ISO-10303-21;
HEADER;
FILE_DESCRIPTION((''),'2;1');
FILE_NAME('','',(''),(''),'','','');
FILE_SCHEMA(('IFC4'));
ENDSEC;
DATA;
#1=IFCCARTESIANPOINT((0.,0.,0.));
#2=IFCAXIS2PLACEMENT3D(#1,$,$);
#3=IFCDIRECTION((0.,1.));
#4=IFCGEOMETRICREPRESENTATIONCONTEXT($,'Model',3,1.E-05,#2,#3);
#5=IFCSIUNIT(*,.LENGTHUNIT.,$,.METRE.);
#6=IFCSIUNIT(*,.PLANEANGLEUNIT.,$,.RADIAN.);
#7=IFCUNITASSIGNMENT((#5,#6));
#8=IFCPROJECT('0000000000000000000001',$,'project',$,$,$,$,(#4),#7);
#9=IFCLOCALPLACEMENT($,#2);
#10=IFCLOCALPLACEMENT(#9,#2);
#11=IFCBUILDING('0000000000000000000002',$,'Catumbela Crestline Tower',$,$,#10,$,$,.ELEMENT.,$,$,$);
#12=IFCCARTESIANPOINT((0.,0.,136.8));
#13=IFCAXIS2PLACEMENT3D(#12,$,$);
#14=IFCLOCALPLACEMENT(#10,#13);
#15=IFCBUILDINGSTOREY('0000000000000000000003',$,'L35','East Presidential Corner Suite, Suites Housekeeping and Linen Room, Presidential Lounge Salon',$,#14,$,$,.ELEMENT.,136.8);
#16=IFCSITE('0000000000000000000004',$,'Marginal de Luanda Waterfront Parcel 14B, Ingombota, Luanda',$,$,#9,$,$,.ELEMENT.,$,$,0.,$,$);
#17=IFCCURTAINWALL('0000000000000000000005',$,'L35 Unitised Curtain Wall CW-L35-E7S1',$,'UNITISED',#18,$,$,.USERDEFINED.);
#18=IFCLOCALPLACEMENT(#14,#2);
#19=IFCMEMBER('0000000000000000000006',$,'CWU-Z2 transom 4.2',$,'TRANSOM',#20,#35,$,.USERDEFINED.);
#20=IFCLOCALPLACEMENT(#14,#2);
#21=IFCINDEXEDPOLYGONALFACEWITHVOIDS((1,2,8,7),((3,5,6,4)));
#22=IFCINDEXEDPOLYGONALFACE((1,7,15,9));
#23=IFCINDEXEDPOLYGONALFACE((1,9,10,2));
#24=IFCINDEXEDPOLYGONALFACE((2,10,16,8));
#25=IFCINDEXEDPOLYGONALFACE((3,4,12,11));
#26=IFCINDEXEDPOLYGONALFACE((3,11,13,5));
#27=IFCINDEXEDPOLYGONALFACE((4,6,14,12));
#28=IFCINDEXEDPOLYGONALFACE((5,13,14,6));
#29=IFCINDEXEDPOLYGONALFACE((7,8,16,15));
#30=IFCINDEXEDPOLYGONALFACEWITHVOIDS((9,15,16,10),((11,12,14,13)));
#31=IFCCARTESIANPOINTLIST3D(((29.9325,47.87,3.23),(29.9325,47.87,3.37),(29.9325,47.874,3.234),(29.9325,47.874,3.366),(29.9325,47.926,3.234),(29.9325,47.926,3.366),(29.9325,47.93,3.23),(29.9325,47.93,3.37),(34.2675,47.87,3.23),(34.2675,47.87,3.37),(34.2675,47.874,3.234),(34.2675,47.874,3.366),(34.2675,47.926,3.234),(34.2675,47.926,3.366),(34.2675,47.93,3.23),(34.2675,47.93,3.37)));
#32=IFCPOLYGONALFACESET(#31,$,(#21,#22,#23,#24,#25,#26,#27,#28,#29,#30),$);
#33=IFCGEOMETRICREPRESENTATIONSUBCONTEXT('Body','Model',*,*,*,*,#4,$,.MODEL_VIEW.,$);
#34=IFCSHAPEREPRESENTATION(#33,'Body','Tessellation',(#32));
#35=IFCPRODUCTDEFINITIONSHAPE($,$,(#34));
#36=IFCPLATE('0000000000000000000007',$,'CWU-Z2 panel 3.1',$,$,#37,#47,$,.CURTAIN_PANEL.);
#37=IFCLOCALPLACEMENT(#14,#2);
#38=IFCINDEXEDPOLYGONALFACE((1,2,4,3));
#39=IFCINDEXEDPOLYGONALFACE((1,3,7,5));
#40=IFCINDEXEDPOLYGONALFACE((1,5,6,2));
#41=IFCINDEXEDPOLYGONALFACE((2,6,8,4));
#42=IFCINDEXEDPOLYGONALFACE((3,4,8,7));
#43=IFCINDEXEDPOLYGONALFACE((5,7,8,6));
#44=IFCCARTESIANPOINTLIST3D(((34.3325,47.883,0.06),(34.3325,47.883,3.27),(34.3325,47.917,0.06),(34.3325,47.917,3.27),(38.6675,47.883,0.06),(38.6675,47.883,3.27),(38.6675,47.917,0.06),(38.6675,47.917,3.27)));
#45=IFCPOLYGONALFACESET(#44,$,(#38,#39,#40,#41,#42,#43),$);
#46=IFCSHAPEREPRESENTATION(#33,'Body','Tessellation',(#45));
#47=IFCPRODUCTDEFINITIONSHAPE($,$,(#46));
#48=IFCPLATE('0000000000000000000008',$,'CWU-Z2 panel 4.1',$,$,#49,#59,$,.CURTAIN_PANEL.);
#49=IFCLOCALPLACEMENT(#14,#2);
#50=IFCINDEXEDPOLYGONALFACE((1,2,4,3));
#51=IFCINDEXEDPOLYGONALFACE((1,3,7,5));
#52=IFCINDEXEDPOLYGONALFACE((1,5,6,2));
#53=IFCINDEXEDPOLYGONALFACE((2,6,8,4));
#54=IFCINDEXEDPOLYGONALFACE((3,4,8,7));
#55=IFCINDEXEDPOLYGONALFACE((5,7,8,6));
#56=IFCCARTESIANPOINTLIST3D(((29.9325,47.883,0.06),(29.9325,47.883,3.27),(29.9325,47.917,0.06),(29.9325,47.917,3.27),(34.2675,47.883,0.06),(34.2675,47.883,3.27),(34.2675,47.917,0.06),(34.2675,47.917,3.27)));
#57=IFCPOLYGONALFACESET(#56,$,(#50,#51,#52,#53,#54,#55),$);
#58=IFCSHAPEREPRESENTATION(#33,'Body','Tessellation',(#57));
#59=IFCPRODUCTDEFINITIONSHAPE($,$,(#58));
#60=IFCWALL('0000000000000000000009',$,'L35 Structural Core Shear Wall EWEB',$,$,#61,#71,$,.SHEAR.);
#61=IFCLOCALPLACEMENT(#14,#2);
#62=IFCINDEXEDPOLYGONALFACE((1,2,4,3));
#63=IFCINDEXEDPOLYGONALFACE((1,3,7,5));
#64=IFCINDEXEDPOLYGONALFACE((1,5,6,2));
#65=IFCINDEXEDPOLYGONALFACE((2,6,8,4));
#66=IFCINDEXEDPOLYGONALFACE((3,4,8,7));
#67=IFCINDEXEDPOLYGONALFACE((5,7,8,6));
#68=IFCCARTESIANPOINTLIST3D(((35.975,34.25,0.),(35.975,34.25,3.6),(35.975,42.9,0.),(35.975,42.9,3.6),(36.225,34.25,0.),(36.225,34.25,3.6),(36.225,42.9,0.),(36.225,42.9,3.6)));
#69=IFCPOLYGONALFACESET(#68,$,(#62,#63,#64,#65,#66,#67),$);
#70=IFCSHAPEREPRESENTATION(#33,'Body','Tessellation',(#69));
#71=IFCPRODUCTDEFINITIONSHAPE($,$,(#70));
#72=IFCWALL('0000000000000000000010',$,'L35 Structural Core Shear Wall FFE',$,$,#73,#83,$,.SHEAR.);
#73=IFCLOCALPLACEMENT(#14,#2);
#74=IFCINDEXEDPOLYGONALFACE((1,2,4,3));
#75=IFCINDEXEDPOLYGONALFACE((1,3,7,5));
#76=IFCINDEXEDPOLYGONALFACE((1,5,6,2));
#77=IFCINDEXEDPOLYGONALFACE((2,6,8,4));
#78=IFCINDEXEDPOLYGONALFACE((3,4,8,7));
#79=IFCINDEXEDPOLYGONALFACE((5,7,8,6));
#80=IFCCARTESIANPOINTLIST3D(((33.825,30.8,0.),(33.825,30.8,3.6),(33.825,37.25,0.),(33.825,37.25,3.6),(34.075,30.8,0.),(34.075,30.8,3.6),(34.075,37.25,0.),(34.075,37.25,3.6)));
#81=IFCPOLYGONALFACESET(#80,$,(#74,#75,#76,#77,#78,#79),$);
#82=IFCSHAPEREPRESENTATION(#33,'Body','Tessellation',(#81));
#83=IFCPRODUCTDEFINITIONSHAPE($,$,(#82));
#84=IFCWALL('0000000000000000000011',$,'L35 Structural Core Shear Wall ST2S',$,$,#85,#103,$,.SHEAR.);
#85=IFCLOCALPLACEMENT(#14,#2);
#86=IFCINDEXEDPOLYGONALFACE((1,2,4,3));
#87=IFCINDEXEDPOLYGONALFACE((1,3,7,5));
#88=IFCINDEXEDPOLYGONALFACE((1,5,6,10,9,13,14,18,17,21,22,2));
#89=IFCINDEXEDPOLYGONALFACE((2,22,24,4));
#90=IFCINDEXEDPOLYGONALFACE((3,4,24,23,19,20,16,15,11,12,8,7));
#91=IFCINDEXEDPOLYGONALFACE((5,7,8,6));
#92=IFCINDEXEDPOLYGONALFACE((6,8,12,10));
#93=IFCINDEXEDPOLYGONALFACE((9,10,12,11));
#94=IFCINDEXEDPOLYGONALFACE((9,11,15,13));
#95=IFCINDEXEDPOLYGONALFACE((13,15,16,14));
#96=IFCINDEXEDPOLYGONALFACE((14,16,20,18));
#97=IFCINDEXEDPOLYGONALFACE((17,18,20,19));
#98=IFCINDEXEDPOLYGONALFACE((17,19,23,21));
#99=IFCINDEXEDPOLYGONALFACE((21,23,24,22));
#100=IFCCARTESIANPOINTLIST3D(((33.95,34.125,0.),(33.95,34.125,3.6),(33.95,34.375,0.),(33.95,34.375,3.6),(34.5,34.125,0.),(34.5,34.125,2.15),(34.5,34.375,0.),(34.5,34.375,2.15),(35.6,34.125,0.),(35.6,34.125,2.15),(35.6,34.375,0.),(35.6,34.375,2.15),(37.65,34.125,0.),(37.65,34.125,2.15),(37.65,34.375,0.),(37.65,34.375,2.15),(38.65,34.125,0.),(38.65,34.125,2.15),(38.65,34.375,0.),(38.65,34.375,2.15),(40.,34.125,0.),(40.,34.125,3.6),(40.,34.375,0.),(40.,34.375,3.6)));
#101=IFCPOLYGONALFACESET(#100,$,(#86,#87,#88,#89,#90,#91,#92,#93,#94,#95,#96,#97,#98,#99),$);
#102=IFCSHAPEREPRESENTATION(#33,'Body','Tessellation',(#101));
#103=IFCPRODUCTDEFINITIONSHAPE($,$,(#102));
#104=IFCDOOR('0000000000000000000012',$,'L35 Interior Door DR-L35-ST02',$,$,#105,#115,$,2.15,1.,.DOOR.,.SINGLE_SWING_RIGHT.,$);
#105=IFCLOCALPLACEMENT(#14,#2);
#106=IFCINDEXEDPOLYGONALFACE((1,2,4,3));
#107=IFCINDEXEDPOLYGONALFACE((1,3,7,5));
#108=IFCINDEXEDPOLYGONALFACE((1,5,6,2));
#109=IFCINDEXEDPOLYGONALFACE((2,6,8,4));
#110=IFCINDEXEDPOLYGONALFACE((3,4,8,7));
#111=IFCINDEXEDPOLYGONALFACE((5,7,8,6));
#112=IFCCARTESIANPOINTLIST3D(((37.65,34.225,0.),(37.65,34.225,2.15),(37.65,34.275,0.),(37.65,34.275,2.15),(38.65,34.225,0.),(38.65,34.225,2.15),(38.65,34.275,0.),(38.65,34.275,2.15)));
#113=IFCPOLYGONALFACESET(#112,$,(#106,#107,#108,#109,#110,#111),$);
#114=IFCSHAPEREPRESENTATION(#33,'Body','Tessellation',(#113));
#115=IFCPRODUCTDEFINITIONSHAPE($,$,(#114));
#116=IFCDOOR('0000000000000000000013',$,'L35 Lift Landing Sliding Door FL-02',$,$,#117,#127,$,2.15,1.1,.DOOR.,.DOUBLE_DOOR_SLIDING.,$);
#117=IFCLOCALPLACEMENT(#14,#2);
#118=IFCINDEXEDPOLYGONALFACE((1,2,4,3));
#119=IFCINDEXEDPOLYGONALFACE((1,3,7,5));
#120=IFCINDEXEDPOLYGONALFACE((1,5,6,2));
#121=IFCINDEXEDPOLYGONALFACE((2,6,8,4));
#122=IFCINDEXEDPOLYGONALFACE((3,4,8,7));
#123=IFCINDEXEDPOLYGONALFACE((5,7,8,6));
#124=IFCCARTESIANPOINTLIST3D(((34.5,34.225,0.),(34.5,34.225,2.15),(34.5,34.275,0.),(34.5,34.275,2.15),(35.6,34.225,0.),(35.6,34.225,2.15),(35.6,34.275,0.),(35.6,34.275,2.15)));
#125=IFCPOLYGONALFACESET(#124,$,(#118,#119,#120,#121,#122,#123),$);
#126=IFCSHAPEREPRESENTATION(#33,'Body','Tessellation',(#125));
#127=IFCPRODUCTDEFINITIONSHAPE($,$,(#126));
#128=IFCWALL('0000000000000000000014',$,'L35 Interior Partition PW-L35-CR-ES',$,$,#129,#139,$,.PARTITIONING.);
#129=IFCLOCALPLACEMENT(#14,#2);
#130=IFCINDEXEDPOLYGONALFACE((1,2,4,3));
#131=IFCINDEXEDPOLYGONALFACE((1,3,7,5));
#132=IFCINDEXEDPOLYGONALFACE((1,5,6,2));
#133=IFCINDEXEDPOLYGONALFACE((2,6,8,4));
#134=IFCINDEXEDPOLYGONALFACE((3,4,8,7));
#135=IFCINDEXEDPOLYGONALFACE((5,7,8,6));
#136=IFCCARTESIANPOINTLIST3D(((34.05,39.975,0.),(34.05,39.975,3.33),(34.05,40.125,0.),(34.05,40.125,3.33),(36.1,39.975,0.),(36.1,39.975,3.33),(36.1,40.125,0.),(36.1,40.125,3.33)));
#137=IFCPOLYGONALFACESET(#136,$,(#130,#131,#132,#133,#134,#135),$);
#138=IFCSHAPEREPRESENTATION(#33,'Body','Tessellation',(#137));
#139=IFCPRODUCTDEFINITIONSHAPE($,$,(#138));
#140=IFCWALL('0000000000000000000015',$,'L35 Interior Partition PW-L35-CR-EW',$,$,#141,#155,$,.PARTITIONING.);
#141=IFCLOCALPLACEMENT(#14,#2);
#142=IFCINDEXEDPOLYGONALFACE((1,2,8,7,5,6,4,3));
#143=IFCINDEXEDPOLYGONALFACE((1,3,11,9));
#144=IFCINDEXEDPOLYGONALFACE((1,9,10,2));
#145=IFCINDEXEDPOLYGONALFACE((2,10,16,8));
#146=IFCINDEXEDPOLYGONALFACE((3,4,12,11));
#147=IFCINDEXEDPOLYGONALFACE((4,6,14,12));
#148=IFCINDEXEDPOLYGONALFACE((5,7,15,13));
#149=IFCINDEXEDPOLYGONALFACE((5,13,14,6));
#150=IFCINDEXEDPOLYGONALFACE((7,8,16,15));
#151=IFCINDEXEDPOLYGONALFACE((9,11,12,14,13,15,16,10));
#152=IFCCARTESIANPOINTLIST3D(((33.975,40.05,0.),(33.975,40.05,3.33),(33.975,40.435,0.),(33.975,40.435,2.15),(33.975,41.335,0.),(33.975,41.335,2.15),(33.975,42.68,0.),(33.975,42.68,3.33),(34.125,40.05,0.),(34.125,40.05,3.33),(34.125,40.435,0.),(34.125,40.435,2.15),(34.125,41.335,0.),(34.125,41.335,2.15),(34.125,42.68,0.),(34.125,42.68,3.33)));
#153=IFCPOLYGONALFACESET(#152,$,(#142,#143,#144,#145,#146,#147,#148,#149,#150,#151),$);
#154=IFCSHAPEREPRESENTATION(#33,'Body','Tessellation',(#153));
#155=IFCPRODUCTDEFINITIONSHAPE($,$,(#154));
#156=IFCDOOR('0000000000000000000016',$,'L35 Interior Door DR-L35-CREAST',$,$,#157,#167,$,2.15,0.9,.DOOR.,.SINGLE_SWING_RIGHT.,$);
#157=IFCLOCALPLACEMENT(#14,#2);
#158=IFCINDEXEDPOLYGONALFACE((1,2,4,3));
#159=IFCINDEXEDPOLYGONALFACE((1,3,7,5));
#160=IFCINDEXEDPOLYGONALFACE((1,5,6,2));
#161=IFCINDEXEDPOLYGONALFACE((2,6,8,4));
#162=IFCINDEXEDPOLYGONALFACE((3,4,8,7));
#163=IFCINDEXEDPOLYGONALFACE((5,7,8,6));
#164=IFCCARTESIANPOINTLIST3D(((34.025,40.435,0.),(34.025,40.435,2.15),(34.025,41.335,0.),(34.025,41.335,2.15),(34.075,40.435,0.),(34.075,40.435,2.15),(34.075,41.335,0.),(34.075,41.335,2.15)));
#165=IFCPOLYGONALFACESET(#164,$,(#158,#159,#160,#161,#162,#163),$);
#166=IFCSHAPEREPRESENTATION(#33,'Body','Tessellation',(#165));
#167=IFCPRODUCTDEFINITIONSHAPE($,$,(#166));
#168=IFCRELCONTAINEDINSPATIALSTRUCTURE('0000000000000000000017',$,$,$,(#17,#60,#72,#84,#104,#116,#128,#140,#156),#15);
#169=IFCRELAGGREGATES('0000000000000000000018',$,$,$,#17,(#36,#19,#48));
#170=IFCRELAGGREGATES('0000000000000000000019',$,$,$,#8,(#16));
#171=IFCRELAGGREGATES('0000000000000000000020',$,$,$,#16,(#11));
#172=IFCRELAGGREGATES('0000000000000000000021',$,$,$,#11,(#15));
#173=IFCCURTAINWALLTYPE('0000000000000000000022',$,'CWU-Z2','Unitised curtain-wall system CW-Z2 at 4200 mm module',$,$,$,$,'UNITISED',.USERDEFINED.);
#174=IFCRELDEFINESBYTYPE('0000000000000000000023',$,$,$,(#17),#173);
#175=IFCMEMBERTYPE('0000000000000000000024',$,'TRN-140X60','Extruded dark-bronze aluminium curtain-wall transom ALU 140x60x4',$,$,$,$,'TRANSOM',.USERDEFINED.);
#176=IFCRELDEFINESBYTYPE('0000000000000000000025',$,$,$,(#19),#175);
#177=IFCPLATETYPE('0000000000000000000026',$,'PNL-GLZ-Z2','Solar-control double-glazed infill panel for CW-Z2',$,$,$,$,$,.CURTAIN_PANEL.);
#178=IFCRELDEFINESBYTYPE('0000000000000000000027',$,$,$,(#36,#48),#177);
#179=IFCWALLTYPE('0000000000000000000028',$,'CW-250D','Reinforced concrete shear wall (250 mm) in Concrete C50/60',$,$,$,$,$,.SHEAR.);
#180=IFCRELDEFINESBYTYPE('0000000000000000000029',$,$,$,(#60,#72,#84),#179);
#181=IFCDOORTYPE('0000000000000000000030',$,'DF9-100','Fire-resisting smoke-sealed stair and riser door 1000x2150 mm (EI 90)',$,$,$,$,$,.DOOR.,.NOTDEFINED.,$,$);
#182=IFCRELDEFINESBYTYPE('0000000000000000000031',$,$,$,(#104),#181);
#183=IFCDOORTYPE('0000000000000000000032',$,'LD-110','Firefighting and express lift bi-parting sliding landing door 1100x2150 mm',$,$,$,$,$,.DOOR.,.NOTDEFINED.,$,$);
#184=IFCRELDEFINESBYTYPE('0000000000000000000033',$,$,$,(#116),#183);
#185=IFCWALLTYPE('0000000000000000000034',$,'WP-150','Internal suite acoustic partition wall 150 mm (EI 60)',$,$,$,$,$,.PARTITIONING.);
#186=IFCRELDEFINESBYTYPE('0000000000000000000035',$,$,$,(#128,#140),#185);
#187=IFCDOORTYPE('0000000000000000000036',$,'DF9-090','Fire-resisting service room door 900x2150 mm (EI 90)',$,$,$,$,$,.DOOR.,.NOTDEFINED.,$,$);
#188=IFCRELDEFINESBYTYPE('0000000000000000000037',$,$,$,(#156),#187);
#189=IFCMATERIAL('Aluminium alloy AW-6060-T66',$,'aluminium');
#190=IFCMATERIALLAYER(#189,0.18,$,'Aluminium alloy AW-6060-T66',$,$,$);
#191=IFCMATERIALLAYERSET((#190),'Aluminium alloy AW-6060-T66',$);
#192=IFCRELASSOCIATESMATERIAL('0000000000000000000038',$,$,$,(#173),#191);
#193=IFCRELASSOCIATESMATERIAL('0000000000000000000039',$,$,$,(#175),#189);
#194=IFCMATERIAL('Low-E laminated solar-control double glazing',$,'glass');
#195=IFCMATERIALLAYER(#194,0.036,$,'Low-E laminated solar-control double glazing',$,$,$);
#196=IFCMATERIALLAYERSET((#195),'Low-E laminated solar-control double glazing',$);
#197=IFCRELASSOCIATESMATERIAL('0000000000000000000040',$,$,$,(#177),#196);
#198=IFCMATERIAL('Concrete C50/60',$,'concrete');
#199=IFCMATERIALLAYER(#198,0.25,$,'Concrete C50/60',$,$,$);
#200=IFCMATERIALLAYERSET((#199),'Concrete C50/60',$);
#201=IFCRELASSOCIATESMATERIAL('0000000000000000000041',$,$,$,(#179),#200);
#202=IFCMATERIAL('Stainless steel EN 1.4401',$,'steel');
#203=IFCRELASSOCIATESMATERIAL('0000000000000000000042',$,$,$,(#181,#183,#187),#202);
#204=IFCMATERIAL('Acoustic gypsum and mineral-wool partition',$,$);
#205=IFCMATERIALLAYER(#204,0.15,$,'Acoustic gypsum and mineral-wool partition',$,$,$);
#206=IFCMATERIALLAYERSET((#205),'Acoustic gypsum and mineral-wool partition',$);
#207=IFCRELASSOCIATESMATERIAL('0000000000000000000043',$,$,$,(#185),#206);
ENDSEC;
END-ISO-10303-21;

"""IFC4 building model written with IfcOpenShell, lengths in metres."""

from ifc_helpers import new_model, si_unit, direction, frame, frame_2d, origin, origin_2d, place, context, subcontext, project, spatial, rectangle, hollow_rectangle, extrude, material, layer, layer_set, material_profile, profile_set, type_object, element, fill, aggregate, save


model = new_model("IFC4")

# Units and contexts
model_context = context("Model", 3, precision=1e-05, world=origin(), true_north=direction((0.0, 1.0)))
body_context = subcontext(model_context, "Body", "Model", "MODEL_VIEW")
ifc_project = project(units=[si_unit("LENGTHUNIT", "METRE"), si_unit("PLANEANGLEUNIT", "RADIAN")], contexts=[model_context])

# Site, building, storey
site_placement = place(None, origin())
site = spatial("IfcSite", under=ifc_project, at=site_placement, Name="Marginal de Luanda Waterfront Parcel 14B, Ingombota, Luanda", CompositionType="ELEMENT", RefElevation=0.0)
building_placement = place(site_placement, origin())
building = spatial("IfcBuilding", under=site, at=building_placement, Name="Catumbela Crestline Tower", CompositionType="ELEMENT")
storey_placement = place(building_placement, frame((0.0, 0.0, 136.8)))
storey = spatial("IfcBuildingStorey", under=building, at=storey_placement, Name="L35", Description="East Presidential Corner Suite, Suites Housekeeping and Linen Room, Presidential Lounge Salon", CompositionType="ELEMENT", Elevation=136.8)

# Curtain wall
ifc_material_1 = material(Name="Aluminium alloy AW-6060-T66", Category="aluminium")
ifc_layer_1 = layer(ifc_material_1, 0.18, Name="Aluminium alloy AW-6060-T66")
ifc_layer_set_1 = layer_set([ifc_layer_1], Name="Aluminium alloy AW-6060-T66")
curtain_wall_type = type_object("IfcCurtainWallType", Name="CWU-Z2", Description="Unitised curtain-wall system CW-Z2 at 4200 mm module", ElementType="UNITISED", PredefinedType="USERDEFINED", material=ifc_layer_set_1)
curtain_wall_placement = place(storey_placement, origin())
curtain_wall = element("IfcCurtainWall", 1, at=curtain_wall_placement, inside=storey, type_object=curtain_wall_type, Name="L35 Unitised Curtain Wall CW-L35-E7S1", ObjectType="UNITISED", PredefinedType="USERDEFINED")

# Member
ifc_material_profile_1 = material_profile(ifc_material_1, hollow_rectangle(XDim=0.06, YDim=0.14, WallThickness=0.004, at=origin_2d()), Name="ALU 140x60x4")
ifc_profile_set_1 = profile_set([ifc_material_profile_1], Name="Aluminium alloy AW-6060-T66")
member_type_1 = type_object("IfcMemberType", Name="TRN-140X60", Description="Extruded dark-bronze aluminium curtain-wall transom ALU 140x60x4", ElementType="TRANSOM", PredefinedType="USERDEFINED", material=ifc_profile_set_1)
member_1_placement = place(storey_placement, frame((34.2675, 47.9, 3.3), z_axis=(-1.0, 0.0, 0.0), x_axis=(0.0, -1.0, 0.0)))
member_1 = element("IfcMember", 2, at=member_1_placement, type_object=member_type_1, Name="CWU-Z2 transom 4.2", ObjectType="TRANSOM", PredefinedType="USERDEFINED", context=body_context, shape_type="SweptSolid", body=[
    extrude(hollow_rectangle(XDim=0.06, YDim=0.14, WallThickness=0.004, at=origin_2d()), origin(), (0.0, 0.0, 1.0), 4.335),
])

# Plates
ifc_material_2 = material(Name="Low-E laminated solar-control double glazing", Category="glass")
ifc_layer_2 = layer(ifc_material_2, 0.036, Name="Low-E laminated solar-control double glazing")
ifc_layer_set_2 = layer_set([ifc_layer_2], Name="Low-E laminated solar-control double glazing")
plate_type = type_object("IfcPlateType", Name="PNL-GLZ-Z2", Description="Solar-control double-glazed infill panel for CW-Z2", PredefinedType="CURTAIN_PANEL", material=ifc_layer_set_2)
plate_1_placement = place(storey_placement, frame((36.5, 47.9, 0.06), z_axis=(0.0, 0.0, 1.0), x_axis=(-1.0, 0.0, 0.0)))
plate_1 = element("IfcPlate", 3, at=plate_1_placement, type_object=plate_type, Name="CWU-Z2 panel 3.1", PredefinedType="CURTAIN_PANEL", context=body_context, shape_type="SweptSolid", body=[
    extrude(rectangle(XDim=4.335, YDim=0.034, at=origin_2d()), origin(), (0.0, 0.0, 1.0), 3.21),
])
plate_2_placement = place(storey_placement, frame((32.1, 47.9, 0.06), z_axis=(0.0, 0.0, 1.0), x_axis=(-1.0, 0.0, 0.0)))
plate_2 = element("IfcPlate", 4, at=plate_2_placement, type_object=plate_type, Name="CWU-Z2 panel 4.1", PredefinedType="CURTAIN_PANEL", context=body_context, shape_type="SweptSolid", body=[
    extrude(rectangle(XDim=4.335, YDim=0.034, at=origin_2d()), origin(), (0.0, 0.0, 1.0), 3.21),
])
aggregate(curtain_wall, [plate_1, member_1, plate_2])

# Walls
ifc_material_3 = material(Name="Concrete C50/60", Category="concrete")
ifc_layer_3 = layer(ifc_material_3, 0.25, Name="Concrete C50/60")
ifc_layer_set_3 = layer_set([ifc_layer_3], Name="Concrete C50/60")
wall_type_1 = type_object("IfcWallType", Name="CW-250D", Description="Reinforced concrete shear wall (250 mm) in Concrete C50/60", PredefinedType="SHEAR", material=ifc_layer_set_3)
wall_1_placement = place(storey_placement, frame((36.1, 34.25, 0.0), z_axis=(0.0, 0.0, 1.0), x_axis=(0.0, 1.0, 0.0)))
element("IfcWall", 5, at=wall_1_placement, inside=storey, type_object=wall_type_1, Name="L35 Structural Core Shear Wall EWEB", PredefinedType="SHEAR", context=body_context, shape_type="SweptSolid", body=[
    extrude(rectangle(XDim=8.65, YDim=0.25, at=frame_2d((4.325, 0.0))), origin(), (0.0, 0.0, 1.0), 3.6),
])
wall_2_placement = place(storey_placement, frame((33.95, 30.8, 0.0), z_axis=(0.0, 0.0, 1.0), x_axis=(0.0, 1.0, 0.0)))
element("IfcWall", 6, at=wall_2_placement, inside=storey, type_object=wall_type_1, Name="L35 Structural Core Shear Wall FFE", PredefinedType="SHEAR", context=body_context, shape_type="SweptSolid", body=[
    extrude(rectangle(XDim=6.45, YDim=0.25, at=frame_2d((3.225, 0.0))), origin(), (0.0, 0.0, 1.0), 3.6),
])

# Wall, openings, doors
wall_3_placement = place(storey_placement, frame((33.95, 34.25, 0.0), z_axis=(0.0, 0.0, 1.0), x_axis=(1.0, 0.0, 0.0)))
wall_3 = element("IfcWall", 7, at=wall_3_placement, inside=storey, type_object=wall_type_1, Name="L35 Structural Core Shear Wall ST2S", PredefinedType="SHEAR", context=body_context, shape_type="SweptSolid", body=[
    extrude(rectangle(XDim=6.05, YDim=0.25, at=frame_2d((3.025, 0.0))), origin(), (0.0, 0.0, 1.0), 3.6),
])
opening_1_placement = place(wall_3_placement, frame((3.7, 0.0, 0.0)))
opening_1 = element("IfcOpeningElement", 8, at=opening_1_placement, cuts=wall_3, PredefinedType="OPENING", context=body_context, shape_type="SweptSolid", body=[
    extrude(rectangle(XDim=1.0, YDim=2.15, at=frame_2d((0.5, 1.075))), frame((0.0, 0.135, 0.0), z_axis=(0.0, -1.0, 0.0), x_axis=(1.0, 0.0, 0.0)), (0.0, 0.0, 1.0), 0.27),
])
opening_2_placement = place(wall_3_placement, frame((0.55, 0.0, 0.0)))
opening_2 = element("IfcOpeningElement", 9, at=opening_2_placement, cuts=wall_3, PredefinedType="OPENING", context=body_context, shape_type="SweptSolid", body=[
    extrude(rectangle(XDim=1.1, YDim=2.15, at=frame_2d((0.55, 1.075))), frame((0.0, 0.135, 0.0), z_axis=(0.0, -1.0, 0.0), x_axis=(1.0, 0.0, 0.0)), (0.0, 0.0, 1.0), 0.27),
])
ifc_material_4 = material(Name="Stainless steel EN 1.4401", Category="steel")
door_type_1 = type_object("IfcDoorType", Name="DF9-100", Description="Fire-resisting smoke-sealed stair and riser door 1000x2150 mm (EI 90)", OperationType="NOTDEFINED", PredefinedType="DOOR", material=ifc_material_4)
door_1_placement = place(opening_1_placement, origin())
door_1 = element("IfcDoor", 10, at=door_1_placement, inside=storey, type_object=door_type_1, Name="L35 Interior Door DR-L35-ST02", OperationType="SINGLE_SWING_RIGHT", OverallHeight=2.15, OverallWidth=1.0, PredefinedType="DOOR", context=body_context, shape_type="SweptSolid", body=[
    extrude(rectangle(XDim=1.0, YDim=2.15, at=frame_2d((0.5, 1.075))), frame((0.0, 0.025, 0.0), z_axis=(0.0, -1.0, 0.0), x_axis=(1.0, 0.0, 0.0)), (0.0, 0.0, 1.0), 0.05),
])
fill(opening_1, door_1)
door_type_2 = type_object("IfcDoorType", Name="LD-110", Description="Firefighting and express lift bi-parting sliding landing door 1100x2150 mm", OperationType="NOTDEFINED", PredefinedType="DOOR", material=ifc_material_4)
door_2_placement = place(opening_2_placement, origin())
door_2 = element("IfcDoor", 11, at=door_2_placement, inside=storey, type_object=door_type_2, Name="L35 Lift Landing Sliding Door FL-02", OperationType="DOUBLE_DOOR_SLIDING", OverallHeight=2.15, OverallWidth=1.1, PredefinedType="DOOR", context=body_context, shape_type="SweptSolid", body=[
    extrude(rectangle(XDim=1.1, YDim=2.15, at=frame_2d((0.55, 1.075))), frame((0.0, 0.025, 0.0), z_axis=(0.0, -1.0, 0.0), x_axis=(1.0, 0.0, 0.0)), (0.0, 0.0, 1.0), 0.05),
])
fill(opening_2, door_2)

# Wall
ifc_material_5 = material(Name="Acoustic gypsum and mineral-wool partition")
ifc_layer_4 = layer(ifc_material_5, 0.15, Name="Acoustic gypsum and mineral-wool partition")
ifc_layer_set_4 = layer_set([ifc_layer_4], Name="Acoustic gypsum and mineral-wool partition")
wall_type_2 = type_object("IfcWallType", Name="WP-150", Description="Internal suite acoustic partition wall 150 mm (EI 60)", PredefinedType="PARTITIONING", material=ifc_layer_set_4)
wall_4_placement = place(storey_placement, frame((34.05, 40.05, 0.0), z_axis=(0.0, 0.0, 1.0), x_axis=(1.0, 0.0, 0.0)))
element("IfcWall", 12, at=wall_4_placement, inside=storey, type_object=wall_type_2, Name="L35 Interior Partition PW-L35-CR-ES", PredefinedType="PARTITIONING", context=body_context, shape_type="SweptSolid", body=[
    extrude(rectangle(XDim=2.05, YDim=0.15, at=frame_2d((1.025, 0.0))), origin(), (0.0, 0.0, 1.0), 3.33),
])

# Wall, opening, door
wall_5_placement = place(storey_placement, frame((34.05, 40.05, 0.0), z_axis=(0.0, 0.0, 1.0), x_axis=(0.0, 1.0, 0.0)))
wall_5 = element("IfcWall", 13, at=wall_5_placement, inside=storey, type_object=wall_type_2, Name="L35 Interior Partition PW-L35-CR-EW", PredefinedType="PARTITIONING", context=body_context, shape_type="SweptSolid", body=[
    extrude(rectangle(XDim=2.63, YDim=0.15, at=frame_2d((1.315, 0.0))), origin(), (0.0, 0.0, 1.0), 3.33),
])
opening_3_placement = place(wall_5_placement, frame((0.385, 0.0, 0.0)))
opening_3 = element("IfcOpeningElement", 14, at=opening_3_placement, cuts=wall_5, PredefinedType="OPENING", context=body_context, shape_type="SweptSolid", body=[
    extrude(rectangle(XDim=0.9, YDim=2.15, at=frame_2d((0.45, 1.075))), frame((0.0, 0.085, 0.0), z_axis=(0.0, -1.0, 0.0), x_axis=(1.0, 0.0, 0.0)), (0.0, 0.0, 1.0), 0.17),
])
door_type_3 = type_object("IfcDoorType", Name="DF9-090", Description="Fire-resisting service room door 900x2150 mm (EI 90)", OperationType="NOTDEFINED", PredefinedType="DOOR", material=ifc_material_4)
door_3_placement = place(opening_3_placement, origin())
door_3 = element("IfcDoor", 15, at=door_3_placement, inside=storey, type_object=door_type_3, Name="L35 Interior Door DR-L35-CREAST", OperationType="SINGLE_SWING_RIGHT", OverallHeight=2.15, OverallWidth=0.9, PredefinedType="DOOR", context=body_context, shape_type="SweptSolid", body=[
    extrude(rectangle(XDim=0.9, YDim=2.15, at=frame_2d((0.45, 1.075))), frame((0.0, 0.025, 0.0), z_axis=(0.0, -1.0, 0.0), x_axis=(1.0, 0.0, 0.0)), (0.0, 0.0, 1.0), 0.05),
])
fill(opening_3, door_3)

save(model, "model.ifc")
